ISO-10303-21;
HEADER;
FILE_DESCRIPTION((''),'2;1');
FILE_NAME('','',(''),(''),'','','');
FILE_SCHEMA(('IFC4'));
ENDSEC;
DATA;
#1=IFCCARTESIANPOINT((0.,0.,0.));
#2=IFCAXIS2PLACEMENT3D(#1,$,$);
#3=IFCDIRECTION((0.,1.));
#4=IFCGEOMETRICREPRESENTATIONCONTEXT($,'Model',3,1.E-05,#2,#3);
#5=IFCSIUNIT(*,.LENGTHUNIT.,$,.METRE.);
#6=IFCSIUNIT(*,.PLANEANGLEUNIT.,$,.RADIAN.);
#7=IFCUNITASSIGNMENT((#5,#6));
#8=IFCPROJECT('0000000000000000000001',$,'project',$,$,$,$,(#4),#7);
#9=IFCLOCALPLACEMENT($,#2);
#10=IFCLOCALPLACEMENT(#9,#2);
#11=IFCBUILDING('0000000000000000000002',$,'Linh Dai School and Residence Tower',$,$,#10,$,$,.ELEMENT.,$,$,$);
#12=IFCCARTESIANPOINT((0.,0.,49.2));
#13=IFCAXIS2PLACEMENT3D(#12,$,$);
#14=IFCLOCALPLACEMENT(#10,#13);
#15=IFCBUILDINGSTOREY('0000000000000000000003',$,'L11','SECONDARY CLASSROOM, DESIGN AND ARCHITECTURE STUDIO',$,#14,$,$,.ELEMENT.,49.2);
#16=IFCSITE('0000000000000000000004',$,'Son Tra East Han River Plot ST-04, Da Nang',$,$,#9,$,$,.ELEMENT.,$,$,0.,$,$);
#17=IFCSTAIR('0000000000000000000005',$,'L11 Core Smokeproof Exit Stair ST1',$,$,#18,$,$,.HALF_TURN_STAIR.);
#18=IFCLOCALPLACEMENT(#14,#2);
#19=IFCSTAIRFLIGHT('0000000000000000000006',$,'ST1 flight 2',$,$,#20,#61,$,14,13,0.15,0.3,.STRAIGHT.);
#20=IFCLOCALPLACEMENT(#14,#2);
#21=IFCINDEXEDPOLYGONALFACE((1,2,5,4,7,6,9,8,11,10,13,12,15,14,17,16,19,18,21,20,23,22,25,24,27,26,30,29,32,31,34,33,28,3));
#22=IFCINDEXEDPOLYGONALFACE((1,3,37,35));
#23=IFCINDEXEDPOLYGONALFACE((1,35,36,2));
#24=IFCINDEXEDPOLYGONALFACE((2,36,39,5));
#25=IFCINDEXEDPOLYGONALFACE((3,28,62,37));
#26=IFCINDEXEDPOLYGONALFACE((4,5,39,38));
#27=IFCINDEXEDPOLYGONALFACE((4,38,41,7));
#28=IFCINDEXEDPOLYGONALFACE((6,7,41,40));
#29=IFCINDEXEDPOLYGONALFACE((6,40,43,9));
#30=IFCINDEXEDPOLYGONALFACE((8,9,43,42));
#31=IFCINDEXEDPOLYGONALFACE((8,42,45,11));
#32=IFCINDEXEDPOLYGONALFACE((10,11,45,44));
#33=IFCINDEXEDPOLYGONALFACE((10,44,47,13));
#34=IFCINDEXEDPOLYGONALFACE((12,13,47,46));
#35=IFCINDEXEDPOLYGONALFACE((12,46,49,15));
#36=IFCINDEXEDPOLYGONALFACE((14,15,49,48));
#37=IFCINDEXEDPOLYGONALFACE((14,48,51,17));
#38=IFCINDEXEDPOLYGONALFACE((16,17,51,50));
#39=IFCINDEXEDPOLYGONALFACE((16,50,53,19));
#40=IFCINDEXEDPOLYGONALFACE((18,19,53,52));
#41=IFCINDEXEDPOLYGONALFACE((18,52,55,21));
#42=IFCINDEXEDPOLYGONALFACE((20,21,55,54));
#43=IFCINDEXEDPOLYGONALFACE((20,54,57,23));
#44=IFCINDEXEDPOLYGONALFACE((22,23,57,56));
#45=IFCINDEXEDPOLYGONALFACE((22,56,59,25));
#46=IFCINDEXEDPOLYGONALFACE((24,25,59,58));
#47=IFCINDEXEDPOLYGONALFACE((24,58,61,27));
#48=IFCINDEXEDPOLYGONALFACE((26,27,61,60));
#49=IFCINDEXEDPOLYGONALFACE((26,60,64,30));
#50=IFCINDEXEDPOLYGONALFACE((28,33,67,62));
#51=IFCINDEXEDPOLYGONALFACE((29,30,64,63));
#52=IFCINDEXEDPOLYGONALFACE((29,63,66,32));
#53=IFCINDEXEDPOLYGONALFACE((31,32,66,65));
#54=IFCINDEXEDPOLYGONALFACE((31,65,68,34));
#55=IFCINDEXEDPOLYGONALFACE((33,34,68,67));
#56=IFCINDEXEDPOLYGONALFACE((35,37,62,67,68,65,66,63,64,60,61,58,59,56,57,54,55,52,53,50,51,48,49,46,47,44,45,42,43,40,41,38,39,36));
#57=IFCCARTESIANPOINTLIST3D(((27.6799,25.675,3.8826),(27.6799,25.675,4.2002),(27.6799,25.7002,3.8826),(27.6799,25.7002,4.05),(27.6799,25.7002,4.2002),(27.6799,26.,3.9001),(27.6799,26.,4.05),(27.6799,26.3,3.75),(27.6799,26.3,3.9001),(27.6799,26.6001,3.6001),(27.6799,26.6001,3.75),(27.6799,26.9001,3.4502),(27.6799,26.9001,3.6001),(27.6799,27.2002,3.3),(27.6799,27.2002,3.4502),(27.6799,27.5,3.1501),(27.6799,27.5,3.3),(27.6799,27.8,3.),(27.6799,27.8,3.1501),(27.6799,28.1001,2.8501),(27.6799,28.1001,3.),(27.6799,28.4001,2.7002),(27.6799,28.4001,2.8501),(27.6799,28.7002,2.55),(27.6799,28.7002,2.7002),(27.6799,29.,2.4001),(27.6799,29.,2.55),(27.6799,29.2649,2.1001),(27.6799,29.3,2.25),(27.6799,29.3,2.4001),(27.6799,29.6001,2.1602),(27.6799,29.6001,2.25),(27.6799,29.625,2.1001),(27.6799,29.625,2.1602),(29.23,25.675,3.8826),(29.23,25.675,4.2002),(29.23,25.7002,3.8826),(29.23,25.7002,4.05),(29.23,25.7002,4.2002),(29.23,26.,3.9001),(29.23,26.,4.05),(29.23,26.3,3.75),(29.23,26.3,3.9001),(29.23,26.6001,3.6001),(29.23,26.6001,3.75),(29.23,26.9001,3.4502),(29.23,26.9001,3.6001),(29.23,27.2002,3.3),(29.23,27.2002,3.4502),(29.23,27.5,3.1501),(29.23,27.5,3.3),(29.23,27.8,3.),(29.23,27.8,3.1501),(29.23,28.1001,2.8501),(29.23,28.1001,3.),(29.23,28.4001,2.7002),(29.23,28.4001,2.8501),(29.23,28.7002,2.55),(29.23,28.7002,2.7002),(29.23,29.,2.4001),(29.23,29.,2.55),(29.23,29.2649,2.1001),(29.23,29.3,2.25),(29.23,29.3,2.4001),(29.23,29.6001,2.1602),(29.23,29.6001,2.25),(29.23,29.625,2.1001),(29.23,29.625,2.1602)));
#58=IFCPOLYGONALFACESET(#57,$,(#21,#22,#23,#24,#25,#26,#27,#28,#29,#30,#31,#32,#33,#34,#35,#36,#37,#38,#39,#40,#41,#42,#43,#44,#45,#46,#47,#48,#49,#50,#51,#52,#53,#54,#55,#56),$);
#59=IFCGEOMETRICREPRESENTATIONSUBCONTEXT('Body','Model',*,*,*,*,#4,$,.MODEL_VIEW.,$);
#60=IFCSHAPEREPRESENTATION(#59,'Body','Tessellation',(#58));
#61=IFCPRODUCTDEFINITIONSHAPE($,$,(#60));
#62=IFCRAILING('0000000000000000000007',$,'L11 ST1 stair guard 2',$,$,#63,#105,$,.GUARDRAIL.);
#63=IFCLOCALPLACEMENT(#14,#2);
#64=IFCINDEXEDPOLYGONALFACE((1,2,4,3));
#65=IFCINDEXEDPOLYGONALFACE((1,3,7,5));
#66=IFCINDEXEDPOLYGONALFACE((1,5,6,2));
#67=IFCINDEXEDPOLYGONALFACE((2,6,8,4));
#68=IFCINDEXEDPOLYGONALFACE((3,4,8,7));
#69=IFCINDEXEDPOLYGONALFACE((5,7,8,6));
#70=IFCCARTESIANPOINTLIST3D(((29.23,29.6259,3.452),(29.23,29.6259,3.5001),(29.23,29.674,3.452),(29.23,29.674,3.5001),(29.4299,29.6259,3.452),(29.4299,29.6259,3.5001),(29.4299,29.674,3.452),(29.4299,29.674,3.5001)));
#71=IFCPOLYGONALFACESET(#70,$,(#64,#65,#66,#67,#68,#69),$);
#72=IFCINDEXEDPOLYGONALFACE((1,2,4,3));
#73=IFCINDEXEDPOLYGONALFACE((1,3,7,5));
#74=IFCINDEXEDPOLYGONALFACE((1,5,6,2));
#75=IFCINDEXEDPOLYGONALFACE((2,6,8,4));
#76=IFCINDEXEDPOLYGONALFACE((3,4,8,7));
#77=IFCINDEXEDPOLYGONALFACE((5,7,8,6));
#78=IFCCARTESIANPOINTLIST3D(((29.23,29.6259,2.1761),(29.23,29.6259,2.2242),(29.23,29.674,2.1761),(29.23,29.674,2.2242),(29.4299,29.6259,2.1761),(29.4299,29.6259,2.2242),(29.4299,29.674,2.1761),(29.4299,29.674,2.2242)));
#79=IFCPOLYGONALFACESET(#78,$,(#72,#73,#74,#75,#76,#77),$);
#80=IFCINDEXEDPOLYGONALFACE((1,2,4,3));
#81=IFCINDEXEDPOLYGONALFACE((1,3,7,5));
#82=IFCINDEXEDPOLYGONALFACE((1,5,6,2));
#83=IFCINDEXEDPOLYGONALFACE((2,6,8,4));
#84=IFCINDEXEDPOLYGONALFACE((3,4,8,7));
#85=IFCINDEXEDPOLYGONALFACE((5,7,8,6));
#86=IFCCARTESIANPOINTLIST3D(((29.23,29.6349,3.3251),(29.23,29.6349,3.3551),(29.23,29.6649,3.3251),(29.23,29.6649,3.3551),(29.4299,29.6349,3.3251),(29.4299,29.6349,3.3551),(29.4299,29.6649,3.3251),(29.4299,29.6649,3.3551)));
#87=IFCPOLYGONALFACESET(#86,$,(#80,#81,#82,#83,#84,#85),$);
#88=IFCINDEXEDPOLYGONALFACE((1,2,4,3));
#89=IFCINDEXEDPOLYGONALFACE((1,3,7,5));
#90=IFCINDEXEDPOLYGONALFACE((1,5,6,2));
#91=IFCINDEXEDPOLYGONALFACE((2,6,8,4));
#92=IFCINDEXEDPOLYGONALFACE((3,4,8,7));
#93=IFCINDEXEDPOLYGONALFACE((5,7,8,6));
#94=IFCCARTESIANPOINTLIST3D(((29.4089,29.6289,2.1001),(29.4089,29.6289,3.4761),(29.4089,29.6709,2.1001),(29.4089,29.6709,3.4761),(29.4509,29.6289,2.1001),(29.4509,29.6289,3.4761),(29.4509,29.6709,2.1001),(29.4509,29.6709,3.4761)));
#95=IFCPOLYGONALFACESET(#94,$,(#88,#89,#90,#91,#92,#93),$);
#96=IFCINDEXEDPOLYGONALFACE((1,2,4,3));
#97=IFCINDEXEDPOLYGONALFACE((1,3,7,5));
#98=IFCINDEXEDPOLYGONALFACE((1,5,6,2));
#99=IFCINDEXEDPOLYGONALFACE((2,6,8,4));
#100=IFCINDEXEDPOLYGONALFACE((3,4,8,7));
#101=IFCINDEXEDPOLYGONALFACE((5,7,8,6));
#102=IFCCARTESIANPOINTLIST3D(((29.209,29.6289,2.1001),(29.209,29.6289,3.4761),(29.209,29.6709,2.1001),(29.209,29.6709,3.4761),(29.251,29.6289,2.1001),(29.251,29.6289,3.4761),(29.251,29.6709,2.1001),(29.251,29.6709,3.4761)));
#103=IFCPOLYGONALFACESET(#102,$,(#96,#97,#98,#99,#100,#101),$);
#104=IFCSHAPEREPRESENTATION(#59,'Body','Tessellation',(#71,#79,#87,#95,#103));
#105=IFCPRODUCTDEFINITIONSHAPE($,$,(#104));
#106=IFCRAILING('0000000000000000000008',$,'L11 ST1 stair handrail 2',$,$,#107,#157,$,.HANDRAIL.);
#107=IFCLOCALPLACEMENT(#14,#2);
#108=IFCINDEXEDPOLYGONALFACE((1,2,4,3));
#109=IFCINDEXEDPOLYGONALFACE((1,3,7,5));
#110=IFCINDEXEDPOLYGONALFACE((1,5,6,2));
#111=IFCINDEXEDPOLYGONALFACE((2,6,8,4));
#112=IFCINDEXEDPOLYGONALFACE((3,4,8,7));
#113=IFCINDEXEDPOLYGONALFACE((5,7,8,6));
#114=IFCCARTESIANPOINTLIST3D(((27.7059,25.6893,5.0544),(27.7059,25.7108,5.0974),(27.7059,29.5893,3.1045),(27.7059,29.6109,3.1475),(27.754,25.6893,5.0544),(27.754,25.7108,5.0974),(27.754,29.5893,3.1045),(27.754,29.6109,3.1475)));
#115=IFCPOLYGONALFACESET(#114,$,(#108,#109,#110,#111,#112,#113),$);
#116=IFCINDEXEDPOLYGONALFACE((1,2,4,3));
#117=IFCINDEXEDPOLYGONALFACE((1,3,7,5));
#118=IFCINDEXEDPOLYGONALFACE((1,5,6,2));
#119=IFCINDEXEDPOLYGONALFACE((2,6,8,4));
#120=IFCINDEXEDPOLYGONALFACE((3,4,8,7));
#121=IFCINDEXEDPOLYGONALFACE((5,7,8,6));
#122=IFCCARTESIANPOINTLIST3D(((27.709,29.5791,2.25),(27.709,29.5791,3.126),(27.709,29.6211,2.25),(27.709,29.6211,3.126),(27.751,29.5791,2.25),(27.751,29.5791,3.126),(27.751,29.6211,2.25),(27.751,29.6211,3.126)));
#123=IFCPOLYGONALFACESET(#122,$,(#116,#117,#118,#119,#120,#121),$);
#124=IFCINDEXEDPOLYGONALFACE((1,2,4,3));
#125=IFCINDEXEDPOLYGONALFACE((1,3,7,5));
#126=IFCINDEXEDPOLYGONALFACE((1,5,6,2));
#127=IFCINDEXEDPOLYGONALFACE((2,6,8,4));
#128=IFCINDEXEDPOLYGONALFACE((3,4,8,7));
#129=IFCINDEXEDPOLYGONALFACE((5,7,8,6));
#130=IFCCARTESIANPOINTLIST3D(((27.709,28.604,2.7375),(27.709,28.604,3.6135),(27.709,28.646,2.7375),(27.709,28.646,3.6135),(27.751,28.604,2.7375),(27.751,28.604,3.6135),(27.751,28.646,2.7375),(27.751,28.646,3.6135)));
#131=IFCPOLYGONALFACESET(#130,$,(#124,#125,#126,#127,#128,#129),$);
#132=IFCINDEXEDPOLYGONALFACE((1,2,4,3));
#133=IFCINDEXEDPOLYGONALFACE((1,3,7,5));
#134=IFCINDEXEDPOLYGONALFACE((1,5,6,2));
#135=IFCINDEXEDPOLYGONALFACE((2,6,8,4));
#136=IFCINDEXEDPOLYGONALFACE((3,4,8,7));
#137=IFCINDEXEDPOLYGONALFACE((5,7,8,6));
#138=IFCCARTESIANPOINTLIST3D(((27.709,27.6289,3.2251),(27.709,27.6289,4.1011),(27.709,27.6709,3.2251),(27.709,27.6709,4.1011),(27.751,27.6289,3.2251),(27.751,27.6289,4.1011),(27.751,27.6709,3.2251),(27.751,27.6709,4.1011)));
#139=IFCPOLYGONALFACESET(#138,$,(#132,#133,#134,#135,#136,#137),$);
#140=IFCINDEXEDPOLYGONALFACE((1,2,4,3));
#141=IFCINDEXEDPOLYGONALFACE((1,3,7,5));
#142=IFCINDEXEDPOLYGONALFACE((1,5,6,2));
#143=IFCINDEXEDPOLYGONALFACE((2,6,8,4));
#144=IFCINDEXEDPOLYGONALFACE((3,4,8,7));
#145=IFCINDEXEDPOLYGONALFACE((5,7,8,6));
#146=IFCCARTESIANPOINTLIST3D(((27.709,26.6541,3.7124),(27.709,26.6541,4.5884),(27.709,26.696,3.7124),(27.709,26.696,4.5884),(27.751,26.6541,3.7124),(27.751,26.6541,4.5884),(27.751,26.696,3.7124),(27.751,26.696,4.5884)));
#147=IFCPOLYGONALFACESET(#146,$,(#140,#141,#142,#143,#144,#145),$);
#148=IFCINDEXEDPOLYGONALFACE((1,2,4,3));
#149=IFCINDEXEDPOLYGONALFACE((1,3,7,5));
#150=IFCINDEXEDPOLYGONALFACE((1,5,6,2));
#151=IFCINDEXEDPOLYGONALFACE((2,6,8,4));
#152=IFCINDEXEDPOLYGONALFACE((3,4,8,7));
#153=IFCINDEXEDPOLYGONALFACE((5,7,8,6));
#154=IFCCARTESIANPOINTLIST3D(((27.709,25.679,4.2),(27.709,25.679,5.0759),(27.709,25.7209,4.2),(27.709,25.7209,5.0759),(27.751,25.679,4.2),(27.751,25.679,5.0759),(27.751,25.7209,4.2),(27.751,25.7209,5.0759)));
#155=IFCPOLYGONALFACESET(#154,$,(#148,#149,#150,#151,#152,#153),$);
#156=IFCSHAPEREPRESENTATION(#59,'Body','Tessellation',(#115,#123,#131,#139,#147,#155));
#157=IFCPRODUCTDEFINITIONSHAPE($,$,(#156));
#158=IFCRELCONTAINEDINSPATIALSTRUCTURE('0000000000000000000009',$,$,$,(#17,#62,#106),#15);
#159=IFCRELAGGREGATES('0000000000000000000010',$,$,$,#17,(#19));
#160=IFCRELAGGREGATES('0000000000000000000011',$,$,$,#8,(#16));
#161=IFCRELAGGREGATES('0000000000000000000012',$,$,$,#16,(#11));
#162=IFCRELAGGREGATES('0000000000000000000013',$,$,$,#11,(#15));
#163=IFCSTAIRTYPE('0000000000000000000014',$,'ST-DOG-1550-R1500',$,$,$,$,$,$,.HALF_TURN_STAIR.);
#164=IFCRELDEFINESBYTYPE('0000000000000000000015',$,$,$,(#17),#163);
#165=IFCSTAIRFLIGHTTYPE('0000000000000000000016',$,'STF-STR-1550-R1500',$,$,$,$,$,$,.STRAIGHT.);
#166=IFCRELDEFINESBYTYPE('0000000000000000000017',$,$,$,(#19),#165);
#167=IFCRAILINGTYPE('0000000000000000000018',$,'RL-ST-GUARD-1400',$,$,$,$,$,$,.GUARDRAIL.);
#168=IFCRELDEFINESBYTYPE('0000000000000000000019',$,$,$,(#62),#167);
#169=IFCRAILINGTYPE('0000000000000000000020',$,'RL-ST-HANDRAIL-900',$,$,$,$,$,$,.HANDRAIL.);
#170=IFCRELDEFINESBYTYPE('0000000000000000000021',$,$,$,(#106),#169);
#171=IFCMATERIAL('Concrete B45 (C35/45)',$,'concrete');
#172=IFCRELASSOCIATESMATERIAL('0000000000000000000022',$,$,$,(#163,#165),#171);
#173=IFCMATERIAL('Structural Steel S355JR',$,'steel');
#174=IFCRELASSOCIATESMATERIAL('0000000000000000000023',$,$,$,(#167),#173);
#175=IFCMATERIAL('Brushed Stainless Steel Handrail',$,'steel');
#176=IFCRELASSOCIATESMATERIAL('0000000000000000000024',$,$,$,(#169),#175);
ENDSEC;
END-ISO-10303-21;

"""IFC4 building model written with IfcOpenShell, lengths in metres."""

from ifc_helpers import new_model, si_unit, direction, frame, origin, origin_2d, place, context, subcontext, project, spatial, polyline, rectangle, outline, extrude, source, transform, mapped, material, type_object, element, aggregate, save


model = new_model("IFC4")

# Units and contexts
model_context = context("Model", 3, precision=1e-05, world=origin(), true_north=direction((0.0, 1.0)))
body_context = subcontext(model_context, "Body", "Model", "MODEL_VIEW")
ifc_project = project(units=[si_unit("LENGTHUNIT", "METRE"), si_unit("PLANEANGLEUNIT", "RADIAN")], contexts=[model_context])

# Site, building, storey
site_placement = place(None, origin())
site = spatial("IfcSite", under=ifc_project, at=site_placement, Name="Son Tra East Han River Plot ST-04, Da Nang", CompositionType="ELEMENT", RefElevation=0.0)
building_placement = place(site_placement, origin())
building = spatial("IfcBuilding", under=site, at=building_placement, Name="Linh Dai School and Residence Tower", CompositionType="ELEMENT")
storey_placement = place(building_placement, frame((0.0, 0.0, 49.2)))
storey = spatial("IfcBuildingStorey", under=building, at=storey_placement, Name="L11", Description="SECONDARY CLASSROOM, DESIGN AND ARCHITECTURE STUDIO", CompositionType="ELEMENT", Elevation=49.2)

# Shared definitions
ifc_material_1 = material(Name="Structural Steel S355JR", Category="steel")

# Shared definitions
ifc_material_2 = material(Name="Concrete B45 (C35/45)", Category="concrete")

# Stair, stair flight
stair_type = type_object("IfcStairType", Name="ST-DOG-1550-R1500", PredefinedType="HALF_TURN_STAIR", material=ifc_material_2)
stair_placement = place(storey_placement, origin())
stair = element("IfcStair", 1, at=stair_placement, inside=storey, type_object=stair_type, Name="L11 Core Smokeproof Exit Stair ST1", PredefinedType="HALF_TURN_STAIR")
stair_flight_type = type_object("IfcStairFlightType", Name="STF-STR-1550-R1500", PredefinedType="STRAIGHT", material=ifc_material_2)
shared_shape_1 = source(origin(), body_context, "Body", "SweptSolid", [
    extrude(outline(polyline([(-0.0249, 0.0), (-0.0249, 0.0601), (0.0, 0.0601), (0.0, 0.1499), (0.3, 0.1499), (0.3, 0.3), (0.6001, 0.3), (0.6001, 0.45), (0.8999, 0.45), (0.8999, 0.6001), (1.2, 0.6001), (1.2, 0.75), (1.5, 0.75), (1.5, 0.8999), (1.8, 0.8999), (1.8, 1.05), (2.1001, 1.05), (2.1001, 1.2), (2.3999, 1.2), (2.3999, 1.3501), (2.7, 1.3501), (2.7, 1.5), (3.0, 1.5), (3.0, 1.6499), (3.3, 1.6499), (3.3, 1.8), (3.6001, 1.8), (3.6001, 1.95), (3.8999, 1.95), (3.8999, 2.1001), (3.925, 2.1001), (3.925, 1.7825), (3.8999, 1.7825), (0.3352, 0.0), (-0.0249, 0.0)])), frame((0.0, 0.7749, 0.0), z_axis=(0.0, -1.0, 0.0), x_axis=(1.0, 0.0, 0.0)), (0.0, 0.0, 1.0), 1.55),
])
stair_flight_placement = place(storey_placement, frame((28.4551, 29.6001, 2.1001), z_axis=(0.0, 0.0, 1.0), x_axis=(0.0, -1.0, 0.0)))
stair_flight = element("IfcStairFlight", 2, at=stair_flight_placement, type_object=stair_flight_type, Name="ST1 flight 2", NumberOfRisers=14, NumberOfTreads=13, PredefinedType="STRAIGHT", RiserHeight=0.15, TreadLength=0.3, context=body_context, shape_type="MappedRepresentation", body=[
    mapped(shared_shape_1, transform((0.0, 0.0, 0.0), x_axis=(1.0, 0.0, 0.0), y_axis=(0.0, 1.0, 0.0), z_axis=(0.0, 0.0, 1.0), scale=1.0)),
])
aggregate(stair, [stair_flight])

# Railings
railing_type_1 = type_object("IfcRailingType", Name="RL-ST-GUARD-1400", PredefinedType="GUARDRAIL", material=ifc_material_1)
shared_shape_2 = source(origin(), body_context, "Body", "SweptSolid", [
    extrude(rectangle(XDim=0.0481, YDim=0.0481, at=origin_2d()), frame((0.0, 0.0, 1.376), z_axis=(-1.0, 0.0, 0.0), x_axis=(0.0, -1.0, 0.0)), (0.0, 0.0, 1.0), 0.2),
    extrude(rectangle(XDim=0.0481, YDim=0.0481, at=origin_2d()), frame((0.0, 0.0, 0.1001), z_axis=(-1.0, 0.0, 0.0), x_axis=(0.0, -1.0, 0.0)), (0.0, 0.0, 1.0), 0.2),
    extrude(rectangle(XDim=0.03, YDim=0.03, at=origin_2d()), frame((0.0, 0.0, 1.24), z_axis=(-1.0, 0.0, 0.0), x_axis=(0.0, -1.0, 0.0)), (0.0, 0.0, 1.0), 0.2),
    extrude(rectangle(XDim=0.042, YDim=0.042, at=origin_2d()), origin(), (0.0, 0.0, 1.0), 1.376),
    extrude(rectangle(XDim=0.042, YDim=0.042, at=origin_2d()), frame((-0.2, 0.0, 0.0)), (0.0, 0.0, 1.0), 1.376),
])
railing_1_placement = place(storey_placement, frame((29.4299, 29.6499, 2.1001)))
element("IfcRailing", 3, at=railing_1_placement, inside=storey, type_object=railing_type_1, Name="L11 ST1 stair guard 2", PredefinedType="GUARDRAIL", context=body_context, shape_type="MappedRepresentation", body=[
    mapped(shared_shape_2, transform((0.0, 0.0, 0.0), x_axis=(1.0, 0.0, 0.0), y_axis=(0.0, 1.0, 0.0), z_axis=(0.0, 0.0, 1.0), scale=1.0)),
])
ifc_material_3 = material(Name="Brushed Stainless Steel Handrail", Category="steel")
railing_type_2 = type_object("IfcRailingType", Name="RL-ST-HANDRAIL-900", PredefinedType="HANDRAIL", material=ifc_material_3)
shared_shape_3 = source(origin(), body_context, "Body", "SweptSolid", [
    extrude(rectangle(XDim=0.0481, YDim=0.0481, at=origin_2d()), frame((0.0, 0.0, 0.876), z_axis=(0.0, -0.894438, 0.447191), x_axis=(1.0, 0.0, 0.0)), (0.0, 0.0, 1.0), 4.3604),
    extrude(rectangle(XDim=0.042, YDim=0.042, at=origin_2d()), origin(), (0.0, 0.0, 1.0), 0.876),
    extrude(rectangle(XDim=0.042, YDim=0.042, at=origin_2d()), frame((0.0, -0.9751, 0.4875)), (0.0, 0.0, 1.0), 0.876),
    extrude(rectangle(XDim=0.042, YDim=0.042, at=origin_2d()), frame((0.0, -1.9502, 0.9751)), (0.0, 0.0, 1.0), 0.876),
    extrude(rectangle(XDim=0.042, YDim=0.042, at=origin_2d()), frame((0.0, -2.925, 1.4624)), (0.0, 0.0, 1.0), 0.876),
    extrude(rectangle(XDim=0.042, YDim=0.042, at=origin_2d()), frame((0.0, -3.9001, 1.95)), (0.0, 0.0, 1.0), 0.876),
])
railing_2_placement = place(storey_placement, frame((27.73, 29.6001, 2.25)))
element("IfcRailing", 4, at=railing_2_placement, inside=storey, type_object=railing_type_2, Name="L11 ST1 stair handrail 2", PredefinedType="HANDRAIL", context=body_context, shape_type="MappedRepresentation", body=[
    mapped(shared_shape_3, transform((0.0, 0.0, 0.0), x_axis=(1.0, 0.0, 0.0), y_axis=(0.0, 1.0, 0.0), z_axis=(0.0, 0.0, 1.0), scale=1.0)),
])

save(model, "model.ifc")
